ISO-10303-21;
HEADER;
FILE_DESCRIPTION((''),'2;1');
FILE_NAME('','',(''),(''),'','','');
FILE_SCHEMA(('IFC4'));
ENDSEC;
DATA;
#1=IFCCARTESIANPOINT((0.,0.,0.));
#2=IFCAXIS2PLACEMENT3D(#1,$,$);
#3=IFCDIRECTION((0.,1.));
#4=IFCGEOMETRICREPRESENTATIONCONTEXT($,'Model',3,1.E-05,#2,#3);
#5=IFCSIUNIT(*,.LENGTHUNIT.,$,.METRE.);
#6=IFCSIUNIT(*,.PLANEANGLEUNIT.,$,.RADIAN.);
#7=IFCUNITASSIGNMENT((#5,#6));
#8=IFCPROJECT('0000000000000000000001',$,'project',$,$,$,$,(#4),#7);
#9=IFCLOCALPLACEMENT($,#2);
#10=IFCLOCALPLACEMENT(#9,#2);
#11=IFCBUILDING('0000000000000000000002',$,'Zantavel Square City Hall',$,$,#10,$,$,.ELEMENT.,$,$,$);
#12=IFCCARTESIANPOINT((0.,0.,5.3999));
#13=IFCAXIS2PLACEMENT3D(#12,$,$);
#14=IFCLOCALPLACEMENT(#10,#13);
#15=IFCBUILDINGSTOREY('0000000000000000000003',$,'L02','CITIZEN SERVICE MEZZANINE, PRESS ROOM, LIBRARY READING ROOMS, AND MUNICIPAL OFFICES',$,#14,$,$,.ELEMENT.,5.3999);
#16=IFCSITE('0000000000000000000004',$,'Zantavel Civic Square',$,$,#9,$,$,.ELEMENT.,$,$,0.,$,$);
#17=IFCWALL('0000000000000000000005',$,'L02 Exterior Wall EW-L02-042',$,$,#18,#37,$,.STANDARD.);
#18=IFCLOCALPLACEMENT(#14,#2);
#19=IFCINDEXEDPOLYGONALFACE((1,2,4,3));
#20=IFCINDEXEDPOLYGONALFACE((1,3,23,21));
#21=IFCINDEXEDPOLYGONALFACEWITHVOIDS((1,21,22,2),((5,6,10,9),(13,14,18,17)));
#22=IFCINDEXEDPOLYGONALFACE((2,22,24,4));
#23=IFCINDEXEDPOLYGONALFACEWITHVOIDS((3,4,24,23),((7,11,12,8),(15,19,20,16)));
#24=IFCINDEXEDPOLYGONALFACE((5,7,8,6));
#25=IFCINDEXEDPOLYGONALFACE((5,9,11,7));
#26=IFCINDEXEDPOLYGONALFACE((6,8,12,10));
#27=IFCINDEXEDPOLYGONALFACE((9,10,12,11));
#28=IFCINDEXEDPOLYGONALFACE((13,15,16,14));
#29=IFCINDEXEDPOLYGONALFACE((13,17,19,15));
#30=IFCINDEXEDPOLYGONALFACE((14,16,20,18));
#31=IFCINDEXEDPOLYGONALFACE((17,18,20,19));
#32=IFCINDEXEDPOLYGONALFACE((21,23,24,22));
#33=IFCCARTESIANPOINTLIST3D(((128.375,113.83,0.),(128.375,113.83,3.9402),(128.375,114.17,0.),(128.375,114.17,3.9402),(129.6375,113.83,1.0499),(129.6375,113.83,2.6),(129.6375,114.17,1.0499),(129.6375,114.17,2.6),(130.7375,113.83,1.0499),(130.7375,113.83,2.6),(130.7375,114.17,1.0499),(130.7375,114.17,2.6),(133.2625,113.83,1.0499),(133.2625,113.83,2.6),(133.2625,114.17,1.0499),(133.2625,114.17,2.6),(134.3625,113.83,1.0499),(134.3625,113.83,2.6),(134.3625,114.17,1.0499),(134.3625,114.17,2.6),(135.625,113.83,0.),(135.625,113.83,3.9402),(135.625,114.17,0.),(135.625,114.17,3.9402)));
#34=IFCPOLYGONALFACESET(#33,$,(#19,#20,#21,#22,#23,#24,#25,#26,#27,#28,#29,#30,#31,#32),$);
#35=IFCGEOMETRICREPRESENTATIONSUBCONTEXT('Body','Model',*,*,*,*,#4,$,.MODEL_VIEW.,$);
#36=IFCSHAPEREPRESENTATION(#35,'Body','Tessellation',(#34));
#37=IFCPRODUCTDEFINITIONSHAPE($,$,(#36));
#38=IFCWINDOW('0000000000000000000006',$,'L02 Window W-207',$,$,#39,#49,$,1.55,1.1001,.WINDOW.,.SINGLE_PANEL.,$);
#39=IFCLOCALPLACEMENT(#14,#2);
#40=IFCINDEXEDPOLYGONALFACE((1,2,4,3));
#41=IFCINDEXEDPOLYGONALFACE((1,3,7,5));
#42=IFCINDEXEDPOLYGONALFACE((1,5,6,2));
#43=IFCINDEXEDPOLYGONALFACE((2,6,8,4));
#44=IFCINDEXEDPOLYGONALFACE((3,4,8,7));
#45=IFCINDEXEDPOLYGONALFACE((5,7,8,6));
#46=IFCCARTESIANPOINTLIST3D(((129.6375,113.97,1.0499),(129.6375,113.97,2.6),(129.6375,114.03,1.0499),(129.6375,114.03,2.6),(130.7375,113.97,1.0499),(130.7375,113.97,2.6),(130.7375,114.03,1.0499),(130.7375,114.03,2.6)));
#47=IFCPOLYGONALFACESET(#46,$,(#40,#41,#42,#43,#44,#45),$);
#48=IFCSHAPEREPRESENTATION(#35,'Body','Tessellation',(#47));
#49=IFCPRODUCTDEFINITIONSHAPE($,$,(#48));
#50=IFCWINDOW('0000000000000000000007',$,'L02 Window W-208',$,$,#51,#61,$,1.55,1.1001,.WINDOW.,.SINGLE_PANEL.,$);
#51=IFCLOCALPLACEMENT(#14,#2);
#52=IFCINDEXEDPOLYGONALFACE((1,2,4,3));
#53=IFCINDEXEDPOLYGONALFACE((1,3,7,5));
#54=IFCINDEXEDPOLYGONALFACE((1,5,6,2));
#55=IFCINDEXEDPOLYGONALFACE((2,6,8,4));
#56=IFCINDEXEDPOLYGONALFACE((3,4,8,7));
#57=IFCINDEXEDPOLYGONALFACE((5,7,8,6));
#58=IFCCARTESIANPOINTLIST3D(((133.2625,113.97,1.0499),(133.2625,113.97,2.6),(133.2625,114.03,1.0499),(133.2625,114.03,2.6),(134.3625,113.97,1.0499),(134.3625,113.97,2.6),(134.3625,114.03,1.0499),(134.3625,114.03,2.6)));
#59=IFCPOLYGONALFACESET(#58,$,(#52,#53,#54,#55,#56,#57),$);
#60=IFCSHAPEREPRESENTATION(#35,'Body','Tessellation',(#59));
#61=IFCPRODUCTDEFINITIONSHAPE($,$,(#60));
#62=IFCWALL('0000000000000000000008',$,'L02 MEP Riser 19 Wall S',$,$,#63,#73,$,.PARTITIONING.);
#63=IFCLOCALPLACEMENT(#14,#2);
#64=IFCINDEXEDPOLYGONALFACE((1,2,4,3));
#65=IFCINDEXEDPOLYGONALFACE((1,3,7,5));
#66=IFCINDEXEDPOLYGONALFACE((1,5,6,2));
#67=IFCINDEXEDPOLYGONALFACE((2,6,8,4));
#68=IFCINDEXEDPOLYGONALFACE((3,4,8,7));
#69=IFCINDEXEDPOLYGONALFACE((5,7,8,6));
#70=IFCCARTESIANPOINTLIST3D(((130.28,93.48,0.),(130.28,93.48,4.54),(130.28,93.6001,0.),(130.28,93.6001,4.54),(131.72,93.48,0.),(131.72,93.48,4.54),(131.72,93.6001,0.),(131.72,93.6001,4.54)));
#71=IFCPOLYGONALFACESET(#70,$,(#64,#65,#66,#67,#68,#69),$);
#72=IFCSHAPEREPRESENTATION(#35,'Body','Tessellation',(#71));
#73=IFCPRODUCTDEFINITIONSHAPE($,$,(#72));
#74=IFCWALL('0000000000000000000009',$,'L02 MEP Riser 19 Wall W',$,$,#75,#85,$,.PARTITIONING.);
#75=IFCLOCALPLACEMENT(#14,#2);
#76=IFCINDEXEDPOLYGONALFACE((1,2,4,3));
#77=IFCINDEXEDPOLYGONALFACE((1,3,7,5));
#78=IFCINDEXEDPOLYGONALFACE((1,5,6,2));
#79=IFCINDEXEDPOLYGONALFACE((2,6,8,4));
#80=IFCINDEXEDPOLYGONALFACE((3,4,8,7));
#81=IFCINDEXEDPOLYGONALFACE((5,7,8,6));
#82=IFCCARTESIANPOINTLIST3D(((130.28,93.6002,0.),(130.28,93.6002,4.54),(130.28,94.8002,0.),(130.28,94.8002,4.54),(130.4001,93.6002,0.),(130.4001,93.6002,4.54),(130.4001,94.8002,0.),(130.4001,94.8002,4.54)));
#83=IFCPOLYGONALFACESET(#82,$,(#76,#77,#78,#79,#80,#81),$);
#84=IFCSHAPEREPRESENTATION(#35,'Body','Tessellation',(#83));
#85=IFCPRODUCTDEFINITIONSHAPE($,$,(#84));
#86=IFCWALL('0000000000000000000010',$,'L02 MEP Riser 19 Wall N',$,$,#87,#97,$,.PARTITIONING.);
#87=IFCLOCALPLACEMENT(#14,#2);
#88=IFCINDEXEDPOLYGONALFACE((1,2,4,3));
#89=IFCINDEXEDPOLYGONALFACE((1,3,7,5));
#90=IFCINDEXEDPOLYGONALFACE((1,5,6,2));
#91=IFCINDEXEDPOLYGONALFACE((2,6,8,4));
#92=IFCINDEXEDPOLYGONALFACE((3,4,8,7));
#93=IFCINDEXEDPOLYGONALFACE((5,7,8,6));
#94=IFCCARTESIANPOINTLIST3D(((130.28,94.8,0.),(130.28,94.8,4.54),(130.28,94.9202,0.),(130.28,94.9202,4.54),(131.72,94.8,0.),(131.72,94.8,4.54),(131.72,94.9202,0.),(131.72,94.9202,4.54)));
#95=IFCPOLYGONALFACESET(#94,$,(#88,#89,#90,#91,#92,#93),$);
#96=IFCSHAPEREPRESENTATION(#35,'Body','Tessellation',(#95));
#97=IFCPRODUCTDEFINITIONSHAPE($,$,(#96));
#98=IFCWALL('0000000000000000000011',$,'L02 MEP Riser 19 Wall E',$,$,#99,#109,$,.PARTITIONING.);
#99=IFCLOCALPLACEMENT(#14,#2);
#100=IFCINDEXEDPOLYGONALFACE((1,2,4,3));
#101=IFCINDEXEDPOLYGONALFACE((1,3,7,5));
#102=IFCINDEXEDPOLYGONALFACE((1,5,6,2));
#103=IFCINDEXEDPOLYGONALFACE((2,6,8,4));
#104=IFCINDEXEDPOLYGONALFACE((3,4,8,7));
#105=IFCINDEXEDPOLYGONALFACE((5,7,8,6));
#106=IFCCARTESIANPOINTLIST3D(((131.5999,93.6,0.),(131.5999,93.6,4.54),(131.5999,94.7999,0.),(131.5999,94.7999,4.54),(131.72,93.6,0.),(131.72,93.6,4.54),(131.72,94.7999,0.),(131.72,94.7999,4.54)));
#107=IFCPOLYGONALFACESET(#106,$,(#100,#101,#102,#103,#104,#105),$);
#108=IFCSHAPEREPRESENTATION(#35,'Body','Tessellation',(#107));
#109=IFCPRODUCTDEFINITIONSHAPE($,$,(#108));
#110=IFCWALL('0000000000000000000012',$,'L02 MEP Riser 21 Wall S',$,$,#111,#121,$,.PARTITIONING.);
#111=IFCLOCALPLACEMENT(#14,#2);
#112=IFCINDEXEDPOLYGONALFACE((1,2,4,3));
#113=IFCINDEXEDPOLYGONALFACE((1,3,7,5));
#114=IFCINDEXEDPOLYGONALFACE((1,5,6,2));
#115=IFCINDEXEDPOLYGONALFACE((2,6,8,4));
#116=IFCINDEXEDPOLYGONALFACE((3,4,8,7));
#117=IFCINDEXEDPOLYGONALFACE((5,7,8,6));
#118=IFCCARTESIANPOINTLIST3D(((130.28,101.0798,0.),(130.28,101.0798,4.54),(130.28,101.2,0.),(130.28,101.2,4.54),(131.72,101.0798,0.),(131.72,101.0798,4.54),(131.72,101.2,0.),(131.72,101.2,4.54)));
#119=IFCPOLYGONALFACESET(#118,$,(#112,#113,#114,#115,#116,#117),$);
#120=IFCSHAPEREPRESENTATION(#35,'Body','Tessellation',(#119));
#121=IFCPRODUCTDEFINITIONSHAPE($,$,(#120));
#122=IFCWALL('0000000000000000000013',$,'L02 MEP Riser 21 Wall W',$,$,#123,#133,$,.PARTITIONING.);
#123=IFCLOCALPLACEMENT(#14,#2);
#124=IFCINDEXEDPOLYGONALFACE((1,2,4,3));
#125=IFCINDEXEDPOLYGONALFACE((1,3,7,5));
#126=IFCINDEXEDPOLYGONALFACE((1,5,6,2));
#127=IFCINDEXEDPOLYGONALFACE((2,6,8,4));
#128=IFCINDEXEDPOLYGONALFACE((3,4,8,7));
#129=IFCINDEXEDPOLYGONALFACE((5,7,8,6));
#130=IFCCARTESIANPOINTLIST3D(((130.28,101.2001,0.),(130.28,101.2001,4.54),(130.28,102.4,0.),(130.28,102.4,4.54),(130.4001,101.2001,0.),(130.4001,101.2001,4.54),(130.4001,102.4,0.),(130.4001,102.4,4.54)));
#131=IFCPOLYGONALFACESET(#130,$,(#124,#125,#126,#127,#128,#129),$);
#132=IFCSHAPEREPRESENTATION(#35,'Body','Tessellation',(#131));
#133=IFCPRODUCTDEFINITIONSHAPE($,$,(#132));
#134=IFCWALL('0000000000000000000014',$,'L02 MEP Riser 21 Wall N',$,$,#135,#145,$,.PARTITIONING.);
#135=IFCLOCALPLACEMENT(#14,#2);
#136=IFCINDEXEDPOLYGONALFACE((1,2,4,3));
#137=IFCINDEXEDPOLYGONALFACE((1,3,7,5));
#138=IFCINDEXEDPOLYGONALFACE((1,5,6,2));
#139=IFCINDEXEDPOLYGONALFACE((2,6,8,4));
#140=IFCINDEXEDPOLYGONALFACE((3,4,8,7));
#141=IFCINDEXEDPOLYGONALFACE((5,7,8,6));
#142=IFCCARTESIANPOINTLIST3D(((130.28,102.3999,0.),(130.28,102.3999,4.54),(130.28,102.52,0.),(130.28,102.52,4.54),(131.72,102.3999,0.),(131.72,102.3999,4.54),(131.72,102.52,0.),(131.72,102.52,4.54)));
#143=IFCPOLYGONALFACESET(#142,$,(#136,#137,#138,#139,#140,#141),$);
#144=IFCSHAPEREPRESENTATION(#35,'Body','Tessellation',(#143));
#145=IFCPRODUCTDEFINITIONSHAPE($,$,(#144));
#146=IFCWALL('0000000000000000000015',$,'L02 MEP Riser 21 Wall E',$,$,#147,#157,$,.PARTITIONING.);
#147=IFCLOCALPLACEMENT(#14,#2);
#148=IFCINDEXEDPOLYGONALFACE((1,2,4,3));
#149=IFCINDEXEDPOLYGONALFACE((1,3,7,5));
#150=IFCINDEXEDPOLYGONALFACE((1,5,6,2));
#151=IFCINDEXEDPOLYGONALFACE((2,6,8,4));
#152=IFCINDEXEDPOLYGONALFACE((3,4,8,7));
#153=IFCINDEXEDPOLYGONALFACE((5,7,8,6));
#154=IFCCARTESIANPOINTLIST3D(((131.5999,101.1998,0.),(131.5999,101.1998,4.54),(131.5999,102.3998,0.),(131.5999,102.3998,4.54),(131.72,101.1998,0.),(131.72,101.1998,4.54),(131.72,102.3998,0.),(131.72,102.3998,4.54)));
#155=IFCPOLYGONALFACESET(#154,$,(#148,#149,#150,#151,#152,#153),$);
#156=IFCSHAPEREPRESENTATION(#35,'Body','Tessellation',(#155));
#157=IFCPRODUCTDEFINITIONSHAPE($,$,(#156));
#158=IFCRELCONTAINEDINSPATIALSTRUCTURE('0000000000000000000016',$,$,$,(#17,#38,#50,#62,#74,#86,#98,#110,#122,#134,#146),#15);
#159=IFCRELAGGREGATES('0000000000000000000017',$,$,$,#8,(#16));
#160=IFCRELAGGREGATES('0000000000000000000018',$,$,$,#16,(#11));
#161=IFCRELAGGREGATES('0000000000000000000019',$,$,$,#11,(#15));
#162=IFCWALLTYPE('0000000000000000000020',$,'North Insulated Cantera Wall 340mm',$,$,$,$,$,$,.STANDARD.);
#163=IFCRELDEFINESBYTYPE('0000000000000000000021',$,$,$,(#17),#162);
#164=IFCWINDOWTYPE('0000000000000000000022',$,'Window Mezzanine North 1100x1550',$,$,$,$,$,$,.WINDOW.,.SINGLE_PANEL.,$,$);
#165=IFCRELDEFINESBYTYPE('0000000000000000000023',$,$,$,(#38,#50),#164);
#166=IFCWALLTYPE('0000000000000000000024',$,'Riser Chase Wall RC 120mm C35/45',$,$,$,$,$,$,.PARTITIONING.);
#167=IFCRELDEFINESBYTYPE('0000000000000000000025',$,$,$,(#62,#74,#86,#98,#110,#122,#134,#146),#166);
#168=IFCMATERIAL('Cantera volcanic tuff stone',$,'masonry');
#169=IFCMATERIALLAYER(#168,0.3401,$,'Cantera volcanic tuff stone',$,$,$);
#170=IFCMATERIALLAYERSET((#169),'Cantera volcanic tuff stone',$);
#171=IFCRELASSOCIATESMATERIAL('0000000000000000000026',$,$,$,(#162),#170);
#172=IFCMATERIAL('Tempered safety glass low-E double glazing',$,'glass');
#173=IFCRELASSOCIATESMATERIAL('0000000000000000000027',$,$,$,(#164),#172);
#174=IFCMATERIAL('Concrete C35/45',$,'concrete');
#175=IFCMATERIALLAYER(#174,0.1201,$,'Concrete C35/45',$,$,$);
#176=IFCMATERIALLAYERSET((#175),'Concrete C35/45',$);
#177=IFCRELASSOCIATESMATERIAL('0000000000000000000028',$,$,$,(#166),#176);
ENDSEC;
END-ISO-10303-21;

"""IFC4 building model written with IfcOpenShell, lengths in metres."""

from ifc_helpers import new_model, si_unit, direction, frame, frame_2d, origin, place, context, subcontext, project, spatial, rectangle, extrude, material, layer, layer_set, type_object, element, fill, save


model = new_model("IFC4")

# Units and contexts
model_context = context("Model", 3, precision=1e-05, world=origin(), true_north=direction((0.0, 1.0)))
body_context = subcontext(model_context, "Body", "Model", "MODEL_VIEW")
ifc_project = project(units=[si_unit("LENGTHUNIT", "METRE"), si_unit("PLANEANGLEUNIT", "RADIAN")], contexts=[model_context])

# Site, building, storey
site_placement = place(None, origin())
site = spatial("IfcSite", under=ifc_project, at=site_placement, Name="Zantavel Civic Square", CompositionType="ELEMENT", RefElevation=0.0)
building_placement = place(site_placement, origin())
building = spatial("IfcBuilding", under=site, at=building_placement, Name="Zantavel Square City Hall", CompositionType="ELEMENT")
storey_placement = place(building_placement, frame((0.0, 0.0, 5.3999)))
storey = spatial("IfcBuildingStorey", under=building, at=storey_placement, Name="L02", Description="CITIZEN SERVICE MEZZANINE, PRESS ROOM, LIBRARY READING ROOMS, AND MUNICIPAL OFFICES", CompositionType="ELEMENT", Elevation=5.3999)

# Shared definitions
ifc_material_1 = material(Name="Concrete C35/45", Category="concrete")

# Wall, openings, windows
ifc_material_2 = material(Name="Cantera volcanic tuff stone", Category="masonry")
ifc_layer_1 = layer(ifc_material_2, 0.3401, Name="Cantera volcanic tuff stone")
ifc_layer_set_1 = layer_set([ifc_layer_1], Name="Cantera volcanic tuff stone")
wall_type_1 = type_object("IfcWallType", Name="North Insulated Cantera Wall 340mm", PredefinedType="STANDARD", material=ifc_layer_set_1)
wall_1_placement = place(storey_placement, frame((128.375, 114.0, 0.0), z_axis=(0.0, 0.0, 1.0), x_axis=(1.0, 0.0, 0.0)))
wall_1 = element("IfcWall", 1, at=wall_1_placement, inside=storey, type_object=wall_type_1, Name="L02 Exterior Wall EW-L02-042", PredefinedType="STANDARD", context=body_context, shape_type="SweptSolid", body=[
    extrude(rectangle(XDim=7.25, YDim=0.3401, at=frame_2d((3.625, 0.0))), origin(), (0.0, 0.0, 1.0), 3.9402),
])
opening_1_placement = place(wall_1_placement, frame((1.2625, 0.0, 1.05)))
opening_1 = element("IfcOpeningElement", 2, at=opening_1_placement, cuts=wall_1, PredefinedType="OPENING", context=body_context, shape_type="SweptSolid", body=[
    extrude(rectangle(XDim=1.1001, YDim=1.55, at=frame_2d((0.55, 0.7749))), frame((0.0, 0.1799, 0.0), z_axis=(0.0, -1.0, 0.0), x_axis=(1.0, 0.0, 0.0)), (0.0, 0.0, 1.0), 0.3601),
])
opening_2_placement = place(wall_1_placement, frame((4.8875, 0.0, 1.05)))
opening_2 = element("IfcOpeningElement", 3, at=opening_2_placement, cuts=wall_1, PredefinedType="OPENING", context=body_context, shape_type="SweptSolid", body=[
    extrude(rectangle(XDim=1.1001, YDim=1.55, at=frame_2d((0.55, 0.7749))), frame((0.0, 0.1799, 0.0), z_axis=(0.0, -1.0, 0.0), x_axis=(1.0, 0.0, 0.0)), (0.0, 0.0, 1.0), 0.3601),
])
ifc_material_3 = material(Name="Tempered safety glass low-E double glazing", Category="glass")
window_type = type_object("IfcWindowType", Name="Window Mezzanine North 1100x1550", PartitioningType="SINGLE_PANEL", PredefinedType="WINDOW", material=ifc_material_3)
window_1_placement = place(opening_1_placement, origin())
window_1 = element("IfcWindow", 4, at=window_1_placement, inside=storey, type_object=window_type, Name="L02 Window W-207", OverallHeight=1.55, OverallWidth=1.1001, PartitioningType="SINGLE_PANEL", PredefinedType="WINDOW", context=body_context, shape_type="SweptSolid", body=[
    extrude(rectangle(XDim=1.1001, YDim=1.55, at=frame_2d((0.55, 0.7749))), frame((0.0, 0.03, 0.0), z_axis=(0.0, -1.0, 0.0), x_axis=(1.0, 0.0, 0.0)), (0.0, 0.0, 1.0), 0.0601),
])
fill(opening_1, window_1)
window_2_placement = place(opening_2_placement, origin())
window_2 = element("IfcWindow", 5, at=window_2_placement, inside=storey, type_object=window_type, Name="L02 Window W-208", OverallHeight=1.55, OverallWidth=1.1001, PartitioningType="SINGLE_PANEL", PredefinedType="WINDOW", context=body_context, shape_type="SweptSolid", body=[
    extrude(rectangle(XDim=1.1001, YDim=1.55, at=frame_2d((0.55, 0.7749))), frame((0.0, 0.03, 0.0), z_axis=(0.0, -1.0, 0.0), x_axis=(1.0, 0.0, 0.0)), (0.0, 0.0, 1.0), 0.0601),
])
fill(opening_2, window_2)

# Walls
ifc_layer_2 = layer(ifc_material_1, 0.1201, Name="Concrete C35/45")
ifc_layer_set_2 = layer_set([ifc_layer_2], Name="Concrete C35/45")
wall_type_2 = type_object("IfcWallType", Name="Riser Chase Wall RC 120mm C35/45", PredefinedType="PARTITIONING", material=ifc_layer_set_2)
wall_2_placement = place(storey_placement, frame((131.72, 93.54, 0.0), z_axis=(0.0, 0.0, 1.0), x_axis=(-1.0, 0.0, 0.0)))
element("IfcWall", 6, at=wall_2_placement, inside=storey, type_object=wall_type_2, Name="L02 MEP Riser 19 Wall S", PredefinedType="PARTITIONING", context=body_context, shape_type="SweptSolid", body=[
    extrude(rectangle(XDim=1.4399, YDim=0.1201, at=frame_2d((0.72, 0.0))), origin(), (0.0, 0.0, 1.0), 4.54),
])
wall_3_placement = place(storey_placement, frame((130.3401, 93.6001, 0.0), z_axis=(0.0, 0.0, 1.0), x_axis=(0.0, 1.0, 0.0)))
element("IfcWall", 7, at=wall_3_placement, inside=storey, type_object=wall_type_2, Name="L02 MEP Riser 19 Wall W", PredefinedType="PARTITIONING", context=body_context, shape_type="SweptSolid", body=[
    extrude(rectangle(XDim=1.2, YDim=0.1201, at=frame_2d((0.6001, 0.0))), origin(), (0.0, 0.0, 1.0), 4.54),
])
wall_4_placement = place(storey_placement, frame((130.28, 94.8601, 0.0), z_axis=(0.0, 0.0, 1.0), x_axis=(1.0, 0.0, 0.0)))
element("IfcWall", 8, at=wall_4_placement, inside=storey, type_object=wall_type_2, Name="L02 MEP Riser 19 Wall N", PredefinedType="PARTITIONING", context=body_context, shape_type="SweptSolid", body=[
    extrude(rectangle(XDim=1.4399, YDim=0.1201, at=frame_2d((0.72, 0.0))), origin(), (0.0, 0.0, 1.0), 4.54),
])
wall_5_placement = place(storey_placement, frame((131.6599, 94.8, 0.0), z_axis=(0.0, 0.0, 1.0), x_axis=(0.0, -1.0, 0.0)))
element("IfcWall", 9, at=wall_5_placement, inside=storey, type_object=wall_type_2, Name="L02 MEP Riser 19 Wall E", PredefinedType="PARTITIONING", context=body_context, shape_type="SweptSolid", body=[
    extrude(rectangle(XDim=1.2, YDim=0.1201, at=frame_2d((0.6001, 0.0))), origin(), (0.0, 0.0, 1.0), 4.54),
])
wall_6_placement = place(storey_placement, frame((131.72, 101.1399, 0.0), z_axis=(0.0, 0.0, 1.0), x_axis=(-1.0, 0.0, 0.0)))
element("IfcWall", 10, at=wall_6_placement, inside=storey, type_object=wall_type_2, Name="L02 MEP Riser 21 Wall S", PredefinedType="PARTITIONING", context=body_context, shape_type="SweptSolid", body=[
    extrude(rectangle(XDim=1.4399, YDim=0.1201, at=frame_2d((0.72, 0.0))), origin(), (0.0, 0.0, 1.0), 4.54),
])
wall_7_placement = place(storey_placement, frame((130.3401, 101.2, 0.0), z_axis=(0.0, 0.0, 1.0), x_axis=(0.0, 1.0, 0.0)))
element("IfcWall", 11, at=wall_7_placement, inside=storey, type_object=wall_type_2, Name="L02 MEP Riser 21 Wall W", PredefinedType="PARTITIONING", context=body_context, shape_type="SweptSolid", body=[
    extrude(rectangle(XDim=1.2, YDim=0.1201, at=frame_2d((0.6001, 0.0))), origin(), (0.0, 0.0, 1.0), 4.54),
])
wall_8_placement = place(storey_placement, frame((130.28, 102.46, 0.0), z_axis=(0.0, 0.0, 1.0), x_axis=(1.0, 0.0, 0.0)))
element("IfcWall", 12, at=wall_8_placement, inside=storey, type_object=wall_type_2, Name="L02 MEP Riser 21 Wall N", PredefinedType="PARTITIONING", context=body_context, shape_type="SweptSolid", body=[
    extrude(rectangle(XDim=1.4399, YDim=0.1201, at=frame_2d((0.72, 0.0))), origin(), (0.0, 0.0, 1.0), 4.54),
])
wall_9_placement = place(storey_placement, frame((131.6599, 102.3999, 0.0), z_axis=(0.0, 0.0, 1.0), x_axis=(0.0, -1.0, 0.0)))
element("IfcWall", 13, at=wall_9_placement, inside=storey, type_object=wall_type_2, Name="L02 MEP Riser 21 Wall E", PredefinedType="PARTITIONING", context=body_context, shape_type="SweptSolid", body=[
    extrude(rectangle(XDim=1.2, YDim=0.1201, at=frame_2d((0.6001, 0.0))), origin(), (0.0, 0.0, 1.0), 4.54),
])

save(model, "model.ifc")
